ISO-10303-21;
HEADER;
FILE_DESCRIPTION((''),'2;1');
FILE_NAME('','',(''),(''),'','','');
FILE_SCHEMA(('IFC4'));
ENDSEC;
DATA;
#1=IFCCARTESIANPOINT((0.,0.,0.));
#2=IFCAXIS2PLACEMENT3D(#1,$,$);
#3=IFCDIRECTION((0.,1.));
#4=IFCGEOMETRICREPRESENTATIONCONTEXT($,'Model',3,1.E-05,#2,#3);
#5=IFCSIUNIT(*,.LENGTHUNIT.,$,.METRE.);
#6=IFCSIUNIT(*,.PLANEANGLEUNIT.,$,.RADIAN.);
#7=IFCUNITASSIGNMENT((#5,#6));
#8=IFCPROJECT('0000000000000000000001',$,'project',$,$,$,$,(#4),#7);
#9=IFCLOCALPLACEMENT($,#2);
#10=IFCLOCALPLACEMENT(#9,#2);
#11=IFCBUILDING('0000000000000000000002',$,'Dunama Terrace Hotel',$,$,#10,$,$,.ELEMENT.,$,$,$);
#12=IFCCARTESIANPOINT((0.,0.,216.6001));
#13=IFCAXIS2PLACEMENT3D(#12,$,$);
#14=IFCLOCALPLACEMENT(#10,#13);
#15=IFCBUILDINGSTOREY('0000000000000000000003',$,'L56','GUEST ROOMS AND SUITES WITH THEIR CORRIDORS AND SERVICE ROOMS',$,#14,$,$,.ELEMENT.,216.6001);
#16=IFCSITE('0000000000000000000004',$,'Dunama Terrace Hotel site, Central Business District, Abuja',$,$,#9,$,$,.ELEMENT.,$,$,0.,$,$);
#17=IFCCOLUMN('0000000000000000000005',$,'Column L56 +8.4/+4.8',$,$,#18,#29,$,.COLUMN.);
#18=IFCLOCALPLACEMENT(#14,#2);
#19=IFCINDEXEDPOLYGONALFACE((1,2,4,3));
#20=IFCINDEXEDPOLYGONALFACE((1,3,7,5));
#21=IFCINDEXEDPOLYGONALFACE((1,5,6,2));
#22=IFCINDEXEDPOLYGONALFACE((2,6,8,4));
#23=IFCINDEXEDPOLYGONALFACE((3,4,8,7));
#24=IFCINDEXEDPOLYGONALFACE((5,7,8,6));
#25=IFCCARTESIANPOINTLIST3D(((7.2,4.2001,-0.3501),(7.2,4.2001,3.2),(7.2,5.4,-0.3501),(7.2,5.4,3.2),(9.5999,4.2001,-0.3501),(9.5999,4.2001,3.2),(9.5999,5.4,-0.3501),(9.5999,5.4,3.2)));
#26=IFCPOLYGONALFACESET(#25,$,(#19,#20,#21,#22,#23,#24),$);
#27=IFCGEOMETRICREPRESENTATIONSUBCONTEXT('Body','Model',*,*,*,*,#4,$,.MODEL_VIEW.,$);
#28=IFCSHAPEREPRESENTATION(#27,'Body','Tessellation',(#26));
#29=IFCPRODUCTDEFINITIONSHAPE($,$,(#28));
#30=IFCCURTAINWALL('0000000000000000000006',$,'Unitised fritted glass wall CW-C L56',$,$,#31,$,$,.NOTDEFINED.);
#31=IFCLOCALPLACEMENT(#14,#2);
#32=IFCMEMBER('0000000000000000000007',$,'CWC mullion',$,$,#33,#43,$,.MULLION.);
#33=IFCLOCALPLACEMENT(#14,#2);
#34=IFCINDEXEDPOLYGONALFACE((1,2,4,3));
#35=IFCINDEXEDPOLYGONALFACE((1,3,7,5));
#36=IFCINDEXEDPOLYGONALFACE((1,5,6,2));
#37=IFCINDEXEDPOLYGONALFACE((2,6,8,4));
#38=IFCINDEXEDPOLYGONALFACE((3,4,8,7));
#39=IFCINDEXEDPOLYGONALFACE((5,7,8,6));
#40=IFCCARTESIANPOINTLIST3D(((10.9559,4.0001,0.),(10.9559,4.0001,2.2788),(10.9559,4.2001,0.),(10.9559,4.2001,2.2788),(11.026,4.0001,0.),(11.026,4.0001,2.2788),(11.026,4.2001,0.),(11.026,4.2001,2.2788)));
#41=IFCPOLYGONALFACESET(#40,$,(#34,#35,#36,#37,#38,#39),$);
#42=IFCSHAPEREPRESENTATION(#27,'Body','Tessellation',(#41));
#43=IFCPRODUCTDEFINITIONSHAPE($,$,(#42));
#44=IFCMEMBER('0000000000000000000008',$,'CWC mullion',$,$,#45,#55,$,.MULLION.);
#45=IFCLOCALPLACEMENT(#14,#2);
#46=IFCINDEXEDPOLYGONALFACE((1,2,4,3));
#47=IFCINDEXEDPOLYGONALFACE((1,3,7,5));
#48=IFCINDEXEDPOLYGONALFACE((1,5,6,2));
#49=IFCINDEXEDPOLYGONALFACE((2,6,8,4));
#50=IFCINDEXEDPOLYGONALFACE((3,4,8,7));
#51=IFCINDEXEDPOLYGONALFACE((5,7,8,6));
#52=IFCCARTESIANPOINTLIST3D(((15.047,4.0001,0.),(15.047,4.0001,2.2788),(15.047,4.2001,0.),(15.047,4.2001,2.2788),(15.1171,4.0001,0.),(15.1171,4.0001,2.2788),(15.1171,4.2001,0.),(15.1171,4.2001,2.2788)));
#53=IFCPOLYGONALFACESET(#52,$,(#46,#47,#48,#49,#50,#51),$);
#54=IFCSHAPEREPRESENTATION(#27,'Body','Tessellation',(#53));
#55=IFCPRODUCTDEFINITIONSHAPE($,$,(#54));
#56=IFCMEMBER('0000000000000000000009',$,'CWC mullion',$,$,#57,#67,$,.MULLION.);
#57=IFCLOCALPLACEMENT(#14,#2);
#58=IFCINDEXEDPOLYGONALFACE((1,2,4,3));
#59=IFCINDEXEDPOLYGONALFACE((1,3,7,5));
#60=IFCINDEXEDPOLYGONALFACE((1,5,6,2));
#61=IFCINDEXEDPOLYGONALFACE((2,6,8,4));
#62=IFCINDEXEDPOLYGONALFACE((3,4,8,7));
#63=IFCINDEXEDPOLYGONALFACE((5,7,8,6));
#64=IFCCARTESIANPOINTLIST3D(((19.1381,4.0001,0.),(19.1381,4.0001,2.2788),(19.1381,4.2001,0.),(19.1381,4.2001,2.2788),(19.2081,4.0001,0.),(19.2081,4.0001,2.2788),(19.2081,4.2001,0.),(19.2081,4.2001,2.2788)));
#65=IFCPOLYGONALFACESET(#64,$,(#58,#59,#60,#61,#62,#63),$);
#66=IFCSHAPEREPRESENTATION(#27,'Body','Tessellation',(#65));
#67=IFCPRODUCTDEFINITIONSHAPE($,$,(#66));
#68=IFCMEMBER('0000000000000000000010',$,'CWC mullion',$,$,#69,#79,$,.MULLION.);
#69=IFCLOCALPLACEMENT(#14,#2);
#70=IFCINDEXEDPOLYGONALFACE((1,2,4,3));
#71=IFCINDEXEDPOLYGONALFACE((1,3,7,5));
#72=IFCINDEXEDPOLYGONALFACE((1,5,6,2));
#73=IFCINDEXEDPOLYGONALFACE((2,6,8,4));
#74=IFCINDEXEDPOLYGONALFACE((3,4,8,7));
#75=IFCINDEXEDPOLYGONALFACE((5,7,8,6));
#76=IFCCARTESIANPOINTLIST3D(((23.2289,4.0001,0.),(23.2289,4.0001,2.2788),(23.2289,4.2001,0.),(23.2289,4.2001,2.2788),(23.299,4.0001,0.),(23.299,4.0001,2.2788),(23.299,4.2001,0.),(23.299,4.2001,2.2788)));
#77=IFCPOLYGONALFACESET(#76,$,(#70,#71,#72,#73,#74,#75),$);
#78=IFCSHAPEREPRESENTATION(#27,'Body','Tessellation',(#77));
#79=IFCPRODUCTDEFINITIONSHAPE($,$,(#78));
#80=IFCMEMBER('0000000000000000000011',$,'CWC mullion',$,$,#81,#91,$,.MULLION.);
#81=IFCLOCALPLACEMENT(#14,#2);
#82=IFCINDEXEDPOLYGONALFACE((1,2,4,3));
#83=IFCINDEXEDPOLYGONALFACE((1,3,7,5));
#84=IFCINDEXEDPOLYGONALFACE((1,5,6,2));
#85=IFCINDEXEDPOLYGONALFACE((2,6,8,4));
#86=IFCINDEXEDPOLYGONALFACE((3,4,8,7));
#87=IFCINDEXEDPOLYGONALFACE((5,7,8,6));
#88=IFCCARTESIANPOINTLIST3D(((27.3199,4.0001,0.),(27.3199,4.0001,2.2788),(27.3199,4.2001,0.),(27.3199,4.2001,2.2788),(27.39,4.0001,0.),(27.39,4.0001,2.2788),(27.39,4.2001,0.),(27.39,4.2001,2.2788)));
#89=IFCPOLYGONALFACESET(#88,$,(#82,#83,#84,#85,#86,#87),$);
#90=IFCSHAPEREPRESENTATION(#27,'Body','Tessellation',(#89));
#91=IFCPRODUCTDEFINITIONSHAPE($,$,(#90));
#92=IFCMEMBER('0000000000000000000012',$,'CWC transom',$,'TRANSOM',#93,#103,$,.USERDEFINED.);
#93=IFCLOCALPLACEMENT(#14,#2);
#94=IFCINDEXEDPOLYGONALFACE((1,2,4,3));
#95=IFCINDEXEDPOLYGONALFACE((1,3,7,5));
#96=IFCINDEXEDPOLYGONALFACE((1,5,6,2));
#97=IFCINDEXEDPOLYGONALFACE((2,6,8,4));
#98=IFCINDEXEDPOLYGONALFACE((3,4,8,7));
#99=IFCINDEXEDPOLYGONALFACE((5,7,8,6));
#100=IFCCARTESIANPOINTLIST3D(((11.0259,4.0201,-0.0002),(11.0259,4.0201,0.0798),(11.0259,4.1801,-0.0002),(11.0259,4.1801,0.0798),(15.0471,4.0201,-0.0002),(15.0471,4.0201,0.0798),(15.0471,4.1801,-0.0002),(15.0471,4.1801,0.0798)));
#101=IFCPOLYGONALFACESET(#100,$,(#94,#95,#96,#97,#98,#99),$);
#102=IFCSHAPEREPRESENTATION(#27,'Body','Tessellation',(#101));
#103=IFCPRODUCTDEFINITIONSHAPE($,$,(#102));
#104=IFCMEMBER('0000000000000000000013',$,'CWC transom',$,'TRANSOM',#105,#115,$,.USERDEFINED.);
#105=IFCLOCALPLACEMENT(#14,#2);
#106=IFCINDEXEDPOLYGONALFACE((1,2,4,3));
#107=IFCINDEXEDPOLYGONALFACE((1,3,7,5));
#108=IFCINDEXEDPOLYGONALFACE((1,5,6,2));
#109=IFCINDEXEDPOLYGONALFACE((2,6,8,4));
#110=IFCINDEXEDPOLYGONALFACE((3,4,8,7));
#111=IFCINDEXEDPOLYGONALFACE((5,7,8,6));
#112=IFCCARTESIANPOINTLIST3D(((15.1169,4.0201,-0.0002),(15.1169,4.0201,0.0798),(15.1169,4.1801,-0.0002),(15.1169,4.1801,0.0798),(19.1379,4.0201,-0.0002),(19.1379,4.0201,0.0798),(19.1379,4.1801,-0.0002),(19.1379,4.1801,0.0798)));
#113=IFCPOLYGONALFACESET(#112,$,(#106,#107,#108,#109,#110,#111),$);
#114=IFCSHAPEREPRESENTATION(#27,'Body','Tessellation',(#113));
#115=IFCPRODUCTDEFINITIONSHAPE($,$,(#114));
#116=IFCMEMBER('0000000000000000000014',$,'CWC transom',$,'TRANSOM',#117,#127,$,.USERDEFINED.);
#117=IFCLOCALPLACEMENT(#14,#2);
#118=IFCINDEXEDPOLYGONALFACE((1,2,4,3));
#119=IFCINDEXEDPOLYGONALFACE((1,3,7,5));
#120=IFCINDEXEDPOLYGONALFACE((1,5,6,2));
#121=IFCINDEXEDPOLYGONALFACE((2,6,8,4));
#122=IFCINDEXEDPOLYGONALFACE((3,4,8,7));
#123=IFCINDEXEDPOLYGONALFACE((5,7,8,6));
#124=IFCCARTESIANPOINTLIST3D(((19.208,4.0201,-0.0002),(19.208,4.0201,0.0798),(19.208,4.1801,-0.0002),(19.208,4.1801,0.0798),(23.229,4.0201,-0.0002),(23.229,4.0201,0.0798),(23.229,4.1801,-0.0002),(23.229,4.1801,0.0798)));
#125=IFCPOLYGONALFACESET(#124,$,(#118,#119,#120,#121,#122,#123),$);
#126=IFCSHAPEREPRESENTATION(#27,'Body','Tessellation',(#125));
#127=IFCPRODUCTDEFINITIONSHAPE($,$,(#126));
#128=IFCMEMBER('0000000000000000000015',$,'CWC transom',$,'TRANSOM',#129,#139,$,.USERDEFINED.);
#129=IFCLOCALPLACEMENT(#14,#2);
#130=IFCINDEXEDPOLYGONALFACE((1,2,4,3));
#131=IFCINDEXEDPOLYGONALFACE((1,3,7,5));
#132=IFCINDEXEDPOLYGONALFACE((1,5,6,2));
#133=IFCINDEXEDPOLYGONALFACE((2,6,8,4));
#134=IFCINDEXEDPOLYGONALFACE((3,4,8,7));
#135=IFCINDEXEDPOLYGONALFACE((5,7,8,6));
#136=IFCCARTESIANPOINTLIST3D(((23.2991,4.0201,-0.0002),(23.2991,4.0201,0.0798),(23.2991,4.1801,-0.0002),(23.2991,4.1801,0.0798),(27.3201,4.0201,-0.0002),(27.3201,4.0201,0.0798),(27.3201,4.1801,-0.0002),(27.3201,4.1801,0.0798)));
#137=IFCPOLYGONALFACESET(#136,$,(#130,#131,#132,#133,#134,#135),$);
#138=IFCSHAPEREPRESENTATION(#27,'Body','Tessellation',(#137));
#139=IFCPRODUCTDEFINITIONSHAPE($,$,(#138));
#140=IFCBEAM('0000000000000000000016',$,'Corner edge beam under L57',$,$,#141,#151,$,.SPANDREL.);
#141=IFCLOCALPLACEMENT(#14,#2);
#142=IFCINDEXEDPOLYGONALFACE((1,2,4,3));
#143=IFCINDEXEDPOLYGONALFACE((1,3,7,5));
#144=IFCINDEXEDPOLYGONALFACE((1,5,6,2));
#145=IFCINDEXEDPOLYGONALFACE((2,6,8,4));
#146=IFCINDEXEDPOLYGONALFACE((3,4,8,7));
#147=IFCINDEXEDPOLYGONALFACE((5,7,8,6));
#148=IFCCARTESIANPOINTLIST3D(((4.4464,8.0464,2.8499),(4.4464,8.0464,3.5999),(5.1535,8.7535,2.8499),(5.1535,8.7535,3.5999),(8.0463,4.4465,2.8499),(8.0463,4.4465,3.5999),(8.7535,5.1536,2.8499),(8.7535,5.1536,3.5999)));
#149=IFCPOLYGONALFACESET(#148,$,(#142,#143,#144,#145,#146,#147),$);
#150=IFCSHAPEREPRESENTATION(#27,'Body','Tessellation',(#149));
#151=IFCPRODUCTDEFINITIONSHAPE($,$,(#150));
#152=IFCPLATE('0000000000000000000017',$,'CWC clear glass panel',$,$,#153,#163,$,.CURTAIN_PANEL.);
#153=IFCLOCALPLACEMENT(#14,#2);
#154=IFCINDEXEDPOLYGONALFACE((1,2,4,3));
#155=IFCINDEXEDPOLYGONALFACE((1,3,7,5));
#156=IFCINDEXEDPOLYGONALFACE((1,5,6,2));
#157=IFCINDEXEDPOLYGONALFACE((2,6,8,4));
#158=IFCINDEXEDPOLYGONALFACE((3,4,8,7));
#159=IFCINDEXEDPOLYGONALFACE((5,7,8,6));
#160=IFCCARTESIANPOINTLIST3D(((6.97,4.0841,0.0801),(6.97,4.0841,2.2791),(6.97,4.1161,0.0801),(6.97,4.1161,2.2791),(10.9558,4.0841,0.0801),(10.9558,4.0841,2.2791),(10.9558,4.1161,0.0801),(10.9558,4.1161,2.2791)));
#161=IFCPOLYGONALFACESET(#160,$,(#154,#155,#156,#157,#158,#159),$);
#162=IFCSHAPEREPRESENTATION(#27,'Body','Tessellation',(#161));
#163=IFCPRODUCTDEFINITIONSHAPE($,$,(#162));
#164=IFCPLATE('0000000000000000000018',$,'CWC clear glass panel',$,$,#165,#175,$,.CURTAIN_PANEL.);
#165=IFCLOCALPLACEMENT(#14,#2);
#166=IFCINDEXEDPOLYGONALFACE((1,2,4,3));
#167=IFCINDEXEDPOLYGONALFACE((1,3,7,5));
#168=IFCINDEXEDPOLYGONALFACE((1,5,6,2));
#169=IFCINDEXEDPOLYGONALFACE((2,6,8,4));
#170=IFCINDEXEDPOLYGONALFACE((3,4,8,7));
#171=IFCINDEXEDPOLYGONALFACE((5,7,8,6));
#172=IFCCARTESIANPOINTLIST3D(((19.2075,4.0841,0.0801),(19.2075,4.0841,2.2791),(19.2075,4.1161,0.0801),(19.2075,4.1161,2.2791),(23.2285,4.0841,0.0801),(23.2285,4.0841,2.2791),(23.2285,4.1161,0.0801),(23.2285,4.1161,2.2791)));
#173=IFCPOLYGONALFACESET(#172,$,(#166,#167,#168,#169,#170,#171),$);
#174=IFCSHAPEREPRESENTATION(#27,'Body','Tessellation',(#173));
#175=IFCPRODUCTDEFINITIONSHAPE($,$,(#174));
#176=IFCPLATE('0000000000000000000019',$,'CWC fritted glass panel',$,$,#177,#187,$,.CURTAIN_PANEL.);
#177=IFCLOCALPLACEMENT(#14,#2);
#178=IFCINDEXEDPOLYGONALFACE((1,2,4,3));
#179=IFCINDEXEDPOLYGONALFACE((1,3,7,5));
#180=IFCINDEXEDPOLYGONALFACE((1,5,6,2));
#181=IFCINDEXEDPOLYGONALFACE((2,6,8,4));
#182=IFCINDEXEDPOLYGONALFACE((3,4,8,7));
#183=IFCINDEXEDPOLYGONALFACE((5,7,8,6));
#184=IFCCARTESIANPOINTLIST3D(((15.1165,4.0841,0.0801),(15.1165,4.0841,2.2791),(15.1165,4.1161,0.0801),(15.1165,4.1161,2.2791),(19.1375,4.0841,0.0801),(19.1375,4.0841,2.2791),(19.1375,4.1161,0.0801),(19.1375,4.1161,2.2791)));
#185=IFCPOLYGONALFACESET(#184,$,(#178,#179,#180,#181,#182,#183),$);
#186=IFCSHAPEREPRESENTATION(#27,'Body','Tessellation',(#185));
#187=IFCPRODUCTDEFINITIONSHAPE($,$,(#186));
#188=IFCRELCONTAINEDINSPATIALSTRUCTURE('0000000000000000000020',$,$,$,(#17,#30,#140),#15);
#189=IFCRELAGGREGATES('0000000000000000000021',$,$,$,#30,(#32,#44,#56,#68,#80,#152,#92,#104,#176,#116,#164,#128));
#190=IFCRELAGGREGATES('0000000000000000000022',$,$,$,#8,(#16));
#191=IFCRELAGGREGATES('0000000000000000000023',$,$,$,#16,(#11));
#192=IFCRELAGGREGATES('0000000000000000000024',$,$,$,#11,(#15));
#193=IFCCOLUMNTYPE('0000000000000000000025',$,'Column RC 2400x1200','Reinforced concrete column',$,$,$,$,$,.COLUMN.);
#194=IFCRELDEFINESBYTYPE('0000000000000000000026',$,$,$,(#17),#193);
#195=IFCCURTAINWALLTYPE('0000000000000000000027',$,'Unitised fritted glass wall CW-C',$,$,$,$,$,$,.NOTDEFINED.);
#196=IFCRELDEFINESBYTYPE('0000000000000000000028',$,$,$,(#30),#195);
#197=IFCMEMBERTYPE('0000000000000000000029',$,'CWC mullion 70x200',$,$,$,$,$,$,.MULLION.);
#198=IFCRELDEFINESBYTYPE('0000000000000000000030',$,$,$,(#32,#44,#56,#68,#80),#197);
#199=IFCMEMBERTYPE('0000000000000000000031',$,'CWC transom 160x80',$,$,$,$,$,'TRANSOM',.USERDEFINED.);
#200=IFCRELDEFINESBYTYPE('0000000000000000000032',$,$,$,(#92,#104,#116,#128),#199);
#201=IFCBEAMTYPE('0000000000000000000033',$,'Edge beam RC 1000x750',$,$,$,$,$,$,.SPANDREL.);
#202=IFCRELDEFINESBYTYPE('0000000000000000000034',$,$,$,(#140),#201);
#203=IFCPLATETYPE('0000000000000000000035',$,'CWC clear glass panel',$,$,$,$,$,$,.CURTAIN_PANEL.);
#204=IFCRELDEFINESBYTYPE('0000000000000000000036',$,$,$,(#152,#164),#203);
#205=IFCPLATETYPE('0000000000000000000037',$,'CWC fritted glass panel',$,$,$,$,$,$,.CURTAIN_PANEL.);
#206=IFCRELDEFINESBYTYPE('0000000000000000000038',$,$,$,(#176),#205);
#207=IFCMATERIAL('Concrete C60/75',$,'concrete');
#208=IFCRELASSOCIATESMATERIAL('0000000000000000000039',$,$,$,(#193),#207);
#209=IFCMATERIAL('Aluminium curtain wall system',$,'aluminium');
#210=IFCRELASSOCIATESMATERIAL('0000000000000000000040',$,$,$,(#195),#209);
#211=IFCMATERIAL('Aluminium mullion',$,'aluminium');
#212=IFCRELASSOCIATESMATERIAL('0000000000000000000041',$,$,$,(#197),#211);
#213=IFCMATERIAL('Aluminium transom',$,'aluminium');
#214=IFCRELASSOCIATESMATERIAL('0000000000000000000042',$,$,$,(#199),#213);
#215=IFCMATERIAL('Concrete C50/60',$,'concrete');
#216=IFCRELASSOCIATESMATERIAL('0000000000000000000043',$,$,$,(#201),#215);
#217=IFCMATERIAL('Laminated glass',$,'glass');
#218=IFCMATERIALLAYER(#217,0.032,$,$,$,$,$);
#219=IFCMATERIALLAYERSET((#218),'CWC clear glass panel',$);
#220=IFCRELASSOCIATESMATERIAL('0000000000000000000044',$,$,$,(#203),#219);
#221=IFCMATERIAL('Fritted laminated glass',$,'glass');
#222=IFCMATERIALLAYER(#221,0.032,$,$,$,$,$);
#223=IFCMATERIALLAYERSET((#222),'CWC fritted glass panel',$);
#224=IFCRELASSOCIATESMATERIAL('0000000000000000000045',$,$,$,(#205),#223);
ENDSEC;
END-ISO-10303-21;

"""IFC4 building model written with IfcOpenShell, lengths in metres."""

from ifc_helpers import new_model, si_unit, direction, frame, origin, origin_2d, place, context, subcontext, project, spatial, rectangle, extrude, material, layer, layer_set, material_profile, profile_set, type_object, element, aggregate, save


model = new_model("IFC4")

# Units and contexts
model_context = context("Model", 3, precision=1e-05, world=origin(), true_north=direction((0.0, 1.0)))
body_context = subcontext(model_context, "Body", "Model", "MODEL_VIEW")
ifc_project = project(units=[si_unit("LENGTHUNIT", "METRE"), si_unit("PLANEANGLEUNIT", "RADIAN")], contexts=[model_context])

# Site, building, storey
site_placement = place(None, origin())
site = spatial("IfcSite", under=ifc_project, at=site_placement, Name="Dunama Terrace Hotel site, Central Business District, Abuja", CompositionType="ELEMENT", RefElevation=0.0)
building_placement = place(site_placement, origin())
building = spatial("IfcBuilding", under=site, at=building_placement, Name="Dunama Terrace Hotel", CompositionType="ELEMENT")
storey_placement = place(building_placement, frame((0.0, 0.0, 216.6001)))
storey = spatial("IfcBuildingStorey", under=building, at=storey_placement, Name="L56", Description="GUEST ROOMS AND SUITES WITH THEIR CORRIDORS AND SERVICE ROOMS", CompositionType="ELEMENT", Elevation=216.6001)

# Column
ifc_material_1 = material(Name="Concrete C60/75", Category="concrete")
ifc_material_profile_1 = material_profile(ifc_material_1, rectangle(XDim=2.3999, YDim=1.2, at=origin_2d()), Name="RC 2400x1200")
ifc_profile_set_1 = profile_set([ifc_material_profile_1], Name="Concrete C60/75")
column_type = type_object("IfcColumnType", Name="Column RC 2400x1200", Description="Reinforced concrete column", PredefinedType="COLUMN", material=ifc_profile_set_1)
column_placement = place(storey_placement, frame((8.3999, 4.8, -0.3501), z_axis=(0.0, 0.0, 1.0), x_axis=(1.0, 0.0, 0.0)))
element("IfcColumn", 1, at=column_placement, inside=storey, type_object=column_type, Name="Column L56 +8.4/+4.8", PredefinedType="COLUMN", context=body_context, shape_type="SweptSolid", body=[
    extrude(rectangle(XDim=2.3999, YDim=1.2, at=origin_2d()), origin(), (0.0, 0.0, 1.0), 3.55),
])

# Curtain wall, members
ifc_material_2 = material(Name="Aluminium curtain wall system", Category="aluminium")
curtain_wall_type = type_object("IfcCurtainWallType", Name="Unitised fritted glass wall CW-C", PredefinedType="NOTDEFINED", material=ifc_material_2)
curtain_wall_placement = place(storey_placement, origin())
curtain_wall = element("IfcCurtainWall", 2, at=curtain_wall_placement, inside=storey, type_object=curtain_wall_type, Name="Unitised fritted glass wall CW-C L56", PredefinedType="NOTDEFINED")
ifc_material_3 = material(Name="Aluminium mullion", Category="aluminium")
ifc_material_profile_2 = material_profile(ifc_material_3, rectangle(XDim=0.0701, YDim=0.2, at=origin_2d()), Name="CWC MULLION 70X200")
ifc_profile_set_2 = profile_set([ifc_material_profile_2], Name="Aluminium mullion")
member_type_1 = type_object("IfcMemberType", Name="CWC mullion 70x200", PredefinedType="MULLION", material=ifc_profile_set_2)
member_1_placement = place(storey_placement, frame((10.991, 4.1001, 0.0), z_axis=(0.0, 0.0, 1.0), x_axis=(1.0, 0.0, 0.0)))
member_1 = element("IfcMember", 3, at=member_1_placement, type_object=member_type_1, Name="CWC mullion", PredefinedType="MULLION", context=body_context, shape_type="SweptSolid", body=[
    extrude(rectangle(XDim=0.0701, YDim=0.2, at=origin_2d()), origin(), (0.0, 0.0, 1.0), 2.2788),
])
member_2_placement = place(storey_placement, frame((15.082, 4.1001, 0.0), z_axis=(0.0, 0.0, 1.0), x_axis=(1.0, 0.0, 0.0)))
member_2 = element("IfcMember", 4, at=member_2_placement, type_object=member_type_1, Name="CWC mullion", PredefinedType="MULLION", context=body_context, shape_type="SweptSolid", body=[
    extrude(rectangle(XDim=0.0701, YDim=0.2, at=origin_2d()), origin(), (0.0, 0.0, 1.0), 2.2788),
])
member_3_placement = place(storey_placement, frame((19.1731, 4.1001, 0.0), z_axis=(0.0, 0.0, 1.0), x_axis=(1.0, 0.0, 0.0)))
member_3 = element("IfcMember", 5, at=member_3_placement, type_object=member_type_1, Name="CWC mullion", PredefinedType="MULLION", context=body_context, shape_type="SweptSolid", body=[
    extrude(rectangle(XDim=0.0701, YDim=0.2, at=origin_2d()), origin(), (0.0, 0.0, 1.0), 2.2788),
])
member_4_placement = place(storey_placement, frame((23.2639, 4.1001, 0.0), z_axis=(0.0, 0.0, 1.0), x_axis=(1.0, 0.0, 0.0)))
member_4 = element("IfcMember", 6, at=member_4_placement, type_object=member_type_1, Name="CWC mullion", PredefinedType="MULLION", context=body_context, shape_type="SweptSolid", body=[
    extrude(rectangle(XDim=0.0701, YDim=0.2, at=origin_2d()), origin(), (0.0, 0.0, 1.0), 2.2788),
])
member_5_placement = place(storey_placement, frame((27.355, 4.1001, 0.0), z_axis=(0.0, 0.0, 1.0), x_axis=(1.0, 0.0, 0.0)))
member_5 = element("IfcMember", 7, at=member_5_placement, type_object=member_type_1, Name="CWC mullion", PredefinedType="MULLION", context=body_context, shape_type="SweptSolid", body=[
    extrude(rectangle(XDim=0.0701, YDim=0.2, at=origin_2d()), origin(), (0.0, 0.0, 1.0), 2.2788),
])
ifc_material_4 = material(Name="Aluminium transom", Category="aluminium")
ifc_material_profile_3 = material_profile(ifc_material_4, rectangle(XDim=0.1599, YDim=0.0801, at=origin_2d()), Name="CWC TRANSOM 160X80")
ifc_profile_set_3 = profile_set([ifc_material_profile_3], Name="Aluminium transom")
member_type_2 = type_object("IfcMemberType", Name="CWC transom 160x80", ElementType="TRANSOM", PredefinedType="USERDEFINED", material=ifc_profile_set_3)
member_6_placement = place(storey_placement, frame((11.0259, 4.1001, 0.0398), z_axis=(1.0, 0.0, 0.0), x_axis=(0.0, 1.0, 0.0)))
member_6 = element("IfcMember", 8, at=member_6_placement, type_object=member_type_2, Name="CWC transom", ObjectType="TRANSOM", PredefinedType="USERDEFINED", context=body_context, shape_type="SweptSolid", body=[
    extrude(rectangle(XDim=0.1599, YDim=0.0801, at=origin_2d()), origin(), (0.0, 0.0, 1.0), 4.0212),
])
member_7_placement = place(storey_placement, frame((15.1169, 4.1001, 0.0398), z_axis=(1.0, 0.0, 0.0), x_axis=(0.0, 1.0, 0.0)))
member_7 = element("IfcMember", 9, at=member_7_placement, type_object=member_type_2, Name="CWC transom", ObjectType="TRANSOM", PredefinedType="USERDEFINED", context=body_context, shape_type="SweptSolid", body=[
    extrude(rectangle(XDim=0.1599, YDim=0.0801, at=origin_2d()), origin(), (0.0, 0.0, 1.0), 4.021),
])
member_8_placement = place(storey_placement, frame((19.208, 4.1001, 0.0398), z_axis=(1.0, 0.0, 0.0), x_axis=(0.0, 1.0, 0.0)))
member_8 = element("IfcMember", 10, at=member_8_placement, type_object=member_type_2, Name="CWC transom", ObjectType="TRANSOM", PredefinedType="USERDEFINED", context=body_context, shape_type="SweptSolid", body=[
    extrude(rectangle(XDim=0.1599, YDim=0.0801, at=origin_2d()), origin(), (0.0, 0.0, 1.0), 4.021),
])
member_9_placement = place(storey_placement, frame((23.2991, 4.1001, 0.0398), z_axis=(1.0, 0.0, 0.0), x_axis=(0.0, 1.0, 0.0)))
member_9 = element("IfcMember", 11, at=member_9_placement, type_object=member_type_2, Name="CWC transom", ObjectType="TRANSOM", PredefinedType="USERDEFINED", context=body_context, shape_type="SweptSolid", body=[
    extrude(rectangle(XDim=0.1599, YDim=0.0801, at=origin_2d()), origin(), (0.0, 0.0, 1.0), 4.021),
])

# Beam
ifc_material_5 = material(Name="Concrete C50/60", Category="concrete")
ifc_material_profile_4 = material_profile(ifc_material_5, rectangle(XDim=1.0, YDim=0.75, at=origin_2d()), Name="RC 1000x750")
ifc_profile_set_4 = profile_set([ifc_material_profile_4], Name="Concrete C50/60")
beam_type = type_object("IfcBeamType", Name="Edge beam RC 1000x750", PredefinedType="SPANDREL", material=ifc_profile_set_4)
beam_placement = place(storey_placement, frame((8.3999, 4.8, 3.2249), z_axis=(-0.707107, 0.707107, 0.0), x_axis=(-0.707107, -0.707107, 0.0)))
element("IfcBeam", 12, at=beam_placement, inside=storey, type_object=beam_type, Name="Corner edge beam under L57", PredefinedType="SPANDREL", context=body_context, shape_type="SweptSolid", body=[
    extrude(rectangle(XDim=1.0, YDim=0.75, at=origin_2d()), origin(), (0.0, 0.0, 1.0), 5.0911),
])

# Plates
ifc_material_6 = material(Name="Laminated glass", Category="glass")
ifc_layer_1 = layer(ifc_material_6, 0.032)
ifc_layer_set_1 = layer_set([ifc_layer_1], Name="CWC clear glass panel")
plate_type_1 = type_object("IfcPlateType", Name="CWC clear glass panel", PredefinedType="CURTAIN_PANEL", material=ifc_layer_set_1)
plate_1_placement = place(storey_placement, frame((8.9629, 4.1001, 0.0801), z_axis=(0.0, 0.0, 1.0), x_axis=(1.0, 0.0, 0.0)))
plate_1 = element("IfcPlate", 13, at=plate_1_placement, type_object=plate_type_1, Name="CWC clear glass panel", PredefinedType="CURTAIN_PANEL", context=body_context, shape_type="SweptSolid", body=[
    extrude(rectangle(XDim=3.9858, YDim=0.032, at=origin_2d()), origin(), (0.0, 0.0, 1.0), 2.199),
])
plate_2_placement = place(storey_placement, frame((21.218, 4.1001, 0.0801), z_axis=(0.0, 0.0, 1.0), x_axis=(1.0, 0.0, 0.0)))
plate_2 = element("IfcPlate", 14, at=plate_2_placement, type_object=plate_type_1, Name="CWC clear glass panel", PredefinedType="CURTAIN_PANEL", context=body_context, shape_type="SweptSolid", body=[
    extrude(rectangle(XDim=4.021, YDim=0.032, at=origin_2d()), origin(), (0.0, 0.0, 1.0), 2.199),
])
ifc_material_7 = material(Name="Fritted laminated glass", Category="glass")
ifc_layer_2 = layer(ifc_material_7, 0.032)
ifc_layer_set_2 = layer_set([ifc_layer_2], Name="CWC fritted glass panel")
plate_type_2 = type_object("IfcPlateType", Name="CWC fritted glass panel", PredefinedType="CURTAIN_PANEL", material=ifc_layer_set_2)
plate_3_placement = place(storey_placement, frame((17.127, 4.1001, 0.0801), z_axis=(0.0, 0.0, 1.0), x_axis=(1.0, 0.0, 0.0)))
plate_3 = element("IfcPlate", 15, at=plate_3_placement, type_object=plate_type_2, Name="CWC fritted glass panel", PredefinedType="CURTAIN_PANEL", context=body_context, shape_type="SweptSolid", body=[
    extrude(rectangle(XDim=4.021, YDim=0.032, at=origin_2d()), origin(), (0.0, 0.0, 1.0), 2.199),
])
aggregate(curtain_wall, [member_1, member_2, member_3, member_4, member_5, plate_1, member_6, member_7, plate_3, member_8, plate_2, member_9])

save(model, "model.ifc")
